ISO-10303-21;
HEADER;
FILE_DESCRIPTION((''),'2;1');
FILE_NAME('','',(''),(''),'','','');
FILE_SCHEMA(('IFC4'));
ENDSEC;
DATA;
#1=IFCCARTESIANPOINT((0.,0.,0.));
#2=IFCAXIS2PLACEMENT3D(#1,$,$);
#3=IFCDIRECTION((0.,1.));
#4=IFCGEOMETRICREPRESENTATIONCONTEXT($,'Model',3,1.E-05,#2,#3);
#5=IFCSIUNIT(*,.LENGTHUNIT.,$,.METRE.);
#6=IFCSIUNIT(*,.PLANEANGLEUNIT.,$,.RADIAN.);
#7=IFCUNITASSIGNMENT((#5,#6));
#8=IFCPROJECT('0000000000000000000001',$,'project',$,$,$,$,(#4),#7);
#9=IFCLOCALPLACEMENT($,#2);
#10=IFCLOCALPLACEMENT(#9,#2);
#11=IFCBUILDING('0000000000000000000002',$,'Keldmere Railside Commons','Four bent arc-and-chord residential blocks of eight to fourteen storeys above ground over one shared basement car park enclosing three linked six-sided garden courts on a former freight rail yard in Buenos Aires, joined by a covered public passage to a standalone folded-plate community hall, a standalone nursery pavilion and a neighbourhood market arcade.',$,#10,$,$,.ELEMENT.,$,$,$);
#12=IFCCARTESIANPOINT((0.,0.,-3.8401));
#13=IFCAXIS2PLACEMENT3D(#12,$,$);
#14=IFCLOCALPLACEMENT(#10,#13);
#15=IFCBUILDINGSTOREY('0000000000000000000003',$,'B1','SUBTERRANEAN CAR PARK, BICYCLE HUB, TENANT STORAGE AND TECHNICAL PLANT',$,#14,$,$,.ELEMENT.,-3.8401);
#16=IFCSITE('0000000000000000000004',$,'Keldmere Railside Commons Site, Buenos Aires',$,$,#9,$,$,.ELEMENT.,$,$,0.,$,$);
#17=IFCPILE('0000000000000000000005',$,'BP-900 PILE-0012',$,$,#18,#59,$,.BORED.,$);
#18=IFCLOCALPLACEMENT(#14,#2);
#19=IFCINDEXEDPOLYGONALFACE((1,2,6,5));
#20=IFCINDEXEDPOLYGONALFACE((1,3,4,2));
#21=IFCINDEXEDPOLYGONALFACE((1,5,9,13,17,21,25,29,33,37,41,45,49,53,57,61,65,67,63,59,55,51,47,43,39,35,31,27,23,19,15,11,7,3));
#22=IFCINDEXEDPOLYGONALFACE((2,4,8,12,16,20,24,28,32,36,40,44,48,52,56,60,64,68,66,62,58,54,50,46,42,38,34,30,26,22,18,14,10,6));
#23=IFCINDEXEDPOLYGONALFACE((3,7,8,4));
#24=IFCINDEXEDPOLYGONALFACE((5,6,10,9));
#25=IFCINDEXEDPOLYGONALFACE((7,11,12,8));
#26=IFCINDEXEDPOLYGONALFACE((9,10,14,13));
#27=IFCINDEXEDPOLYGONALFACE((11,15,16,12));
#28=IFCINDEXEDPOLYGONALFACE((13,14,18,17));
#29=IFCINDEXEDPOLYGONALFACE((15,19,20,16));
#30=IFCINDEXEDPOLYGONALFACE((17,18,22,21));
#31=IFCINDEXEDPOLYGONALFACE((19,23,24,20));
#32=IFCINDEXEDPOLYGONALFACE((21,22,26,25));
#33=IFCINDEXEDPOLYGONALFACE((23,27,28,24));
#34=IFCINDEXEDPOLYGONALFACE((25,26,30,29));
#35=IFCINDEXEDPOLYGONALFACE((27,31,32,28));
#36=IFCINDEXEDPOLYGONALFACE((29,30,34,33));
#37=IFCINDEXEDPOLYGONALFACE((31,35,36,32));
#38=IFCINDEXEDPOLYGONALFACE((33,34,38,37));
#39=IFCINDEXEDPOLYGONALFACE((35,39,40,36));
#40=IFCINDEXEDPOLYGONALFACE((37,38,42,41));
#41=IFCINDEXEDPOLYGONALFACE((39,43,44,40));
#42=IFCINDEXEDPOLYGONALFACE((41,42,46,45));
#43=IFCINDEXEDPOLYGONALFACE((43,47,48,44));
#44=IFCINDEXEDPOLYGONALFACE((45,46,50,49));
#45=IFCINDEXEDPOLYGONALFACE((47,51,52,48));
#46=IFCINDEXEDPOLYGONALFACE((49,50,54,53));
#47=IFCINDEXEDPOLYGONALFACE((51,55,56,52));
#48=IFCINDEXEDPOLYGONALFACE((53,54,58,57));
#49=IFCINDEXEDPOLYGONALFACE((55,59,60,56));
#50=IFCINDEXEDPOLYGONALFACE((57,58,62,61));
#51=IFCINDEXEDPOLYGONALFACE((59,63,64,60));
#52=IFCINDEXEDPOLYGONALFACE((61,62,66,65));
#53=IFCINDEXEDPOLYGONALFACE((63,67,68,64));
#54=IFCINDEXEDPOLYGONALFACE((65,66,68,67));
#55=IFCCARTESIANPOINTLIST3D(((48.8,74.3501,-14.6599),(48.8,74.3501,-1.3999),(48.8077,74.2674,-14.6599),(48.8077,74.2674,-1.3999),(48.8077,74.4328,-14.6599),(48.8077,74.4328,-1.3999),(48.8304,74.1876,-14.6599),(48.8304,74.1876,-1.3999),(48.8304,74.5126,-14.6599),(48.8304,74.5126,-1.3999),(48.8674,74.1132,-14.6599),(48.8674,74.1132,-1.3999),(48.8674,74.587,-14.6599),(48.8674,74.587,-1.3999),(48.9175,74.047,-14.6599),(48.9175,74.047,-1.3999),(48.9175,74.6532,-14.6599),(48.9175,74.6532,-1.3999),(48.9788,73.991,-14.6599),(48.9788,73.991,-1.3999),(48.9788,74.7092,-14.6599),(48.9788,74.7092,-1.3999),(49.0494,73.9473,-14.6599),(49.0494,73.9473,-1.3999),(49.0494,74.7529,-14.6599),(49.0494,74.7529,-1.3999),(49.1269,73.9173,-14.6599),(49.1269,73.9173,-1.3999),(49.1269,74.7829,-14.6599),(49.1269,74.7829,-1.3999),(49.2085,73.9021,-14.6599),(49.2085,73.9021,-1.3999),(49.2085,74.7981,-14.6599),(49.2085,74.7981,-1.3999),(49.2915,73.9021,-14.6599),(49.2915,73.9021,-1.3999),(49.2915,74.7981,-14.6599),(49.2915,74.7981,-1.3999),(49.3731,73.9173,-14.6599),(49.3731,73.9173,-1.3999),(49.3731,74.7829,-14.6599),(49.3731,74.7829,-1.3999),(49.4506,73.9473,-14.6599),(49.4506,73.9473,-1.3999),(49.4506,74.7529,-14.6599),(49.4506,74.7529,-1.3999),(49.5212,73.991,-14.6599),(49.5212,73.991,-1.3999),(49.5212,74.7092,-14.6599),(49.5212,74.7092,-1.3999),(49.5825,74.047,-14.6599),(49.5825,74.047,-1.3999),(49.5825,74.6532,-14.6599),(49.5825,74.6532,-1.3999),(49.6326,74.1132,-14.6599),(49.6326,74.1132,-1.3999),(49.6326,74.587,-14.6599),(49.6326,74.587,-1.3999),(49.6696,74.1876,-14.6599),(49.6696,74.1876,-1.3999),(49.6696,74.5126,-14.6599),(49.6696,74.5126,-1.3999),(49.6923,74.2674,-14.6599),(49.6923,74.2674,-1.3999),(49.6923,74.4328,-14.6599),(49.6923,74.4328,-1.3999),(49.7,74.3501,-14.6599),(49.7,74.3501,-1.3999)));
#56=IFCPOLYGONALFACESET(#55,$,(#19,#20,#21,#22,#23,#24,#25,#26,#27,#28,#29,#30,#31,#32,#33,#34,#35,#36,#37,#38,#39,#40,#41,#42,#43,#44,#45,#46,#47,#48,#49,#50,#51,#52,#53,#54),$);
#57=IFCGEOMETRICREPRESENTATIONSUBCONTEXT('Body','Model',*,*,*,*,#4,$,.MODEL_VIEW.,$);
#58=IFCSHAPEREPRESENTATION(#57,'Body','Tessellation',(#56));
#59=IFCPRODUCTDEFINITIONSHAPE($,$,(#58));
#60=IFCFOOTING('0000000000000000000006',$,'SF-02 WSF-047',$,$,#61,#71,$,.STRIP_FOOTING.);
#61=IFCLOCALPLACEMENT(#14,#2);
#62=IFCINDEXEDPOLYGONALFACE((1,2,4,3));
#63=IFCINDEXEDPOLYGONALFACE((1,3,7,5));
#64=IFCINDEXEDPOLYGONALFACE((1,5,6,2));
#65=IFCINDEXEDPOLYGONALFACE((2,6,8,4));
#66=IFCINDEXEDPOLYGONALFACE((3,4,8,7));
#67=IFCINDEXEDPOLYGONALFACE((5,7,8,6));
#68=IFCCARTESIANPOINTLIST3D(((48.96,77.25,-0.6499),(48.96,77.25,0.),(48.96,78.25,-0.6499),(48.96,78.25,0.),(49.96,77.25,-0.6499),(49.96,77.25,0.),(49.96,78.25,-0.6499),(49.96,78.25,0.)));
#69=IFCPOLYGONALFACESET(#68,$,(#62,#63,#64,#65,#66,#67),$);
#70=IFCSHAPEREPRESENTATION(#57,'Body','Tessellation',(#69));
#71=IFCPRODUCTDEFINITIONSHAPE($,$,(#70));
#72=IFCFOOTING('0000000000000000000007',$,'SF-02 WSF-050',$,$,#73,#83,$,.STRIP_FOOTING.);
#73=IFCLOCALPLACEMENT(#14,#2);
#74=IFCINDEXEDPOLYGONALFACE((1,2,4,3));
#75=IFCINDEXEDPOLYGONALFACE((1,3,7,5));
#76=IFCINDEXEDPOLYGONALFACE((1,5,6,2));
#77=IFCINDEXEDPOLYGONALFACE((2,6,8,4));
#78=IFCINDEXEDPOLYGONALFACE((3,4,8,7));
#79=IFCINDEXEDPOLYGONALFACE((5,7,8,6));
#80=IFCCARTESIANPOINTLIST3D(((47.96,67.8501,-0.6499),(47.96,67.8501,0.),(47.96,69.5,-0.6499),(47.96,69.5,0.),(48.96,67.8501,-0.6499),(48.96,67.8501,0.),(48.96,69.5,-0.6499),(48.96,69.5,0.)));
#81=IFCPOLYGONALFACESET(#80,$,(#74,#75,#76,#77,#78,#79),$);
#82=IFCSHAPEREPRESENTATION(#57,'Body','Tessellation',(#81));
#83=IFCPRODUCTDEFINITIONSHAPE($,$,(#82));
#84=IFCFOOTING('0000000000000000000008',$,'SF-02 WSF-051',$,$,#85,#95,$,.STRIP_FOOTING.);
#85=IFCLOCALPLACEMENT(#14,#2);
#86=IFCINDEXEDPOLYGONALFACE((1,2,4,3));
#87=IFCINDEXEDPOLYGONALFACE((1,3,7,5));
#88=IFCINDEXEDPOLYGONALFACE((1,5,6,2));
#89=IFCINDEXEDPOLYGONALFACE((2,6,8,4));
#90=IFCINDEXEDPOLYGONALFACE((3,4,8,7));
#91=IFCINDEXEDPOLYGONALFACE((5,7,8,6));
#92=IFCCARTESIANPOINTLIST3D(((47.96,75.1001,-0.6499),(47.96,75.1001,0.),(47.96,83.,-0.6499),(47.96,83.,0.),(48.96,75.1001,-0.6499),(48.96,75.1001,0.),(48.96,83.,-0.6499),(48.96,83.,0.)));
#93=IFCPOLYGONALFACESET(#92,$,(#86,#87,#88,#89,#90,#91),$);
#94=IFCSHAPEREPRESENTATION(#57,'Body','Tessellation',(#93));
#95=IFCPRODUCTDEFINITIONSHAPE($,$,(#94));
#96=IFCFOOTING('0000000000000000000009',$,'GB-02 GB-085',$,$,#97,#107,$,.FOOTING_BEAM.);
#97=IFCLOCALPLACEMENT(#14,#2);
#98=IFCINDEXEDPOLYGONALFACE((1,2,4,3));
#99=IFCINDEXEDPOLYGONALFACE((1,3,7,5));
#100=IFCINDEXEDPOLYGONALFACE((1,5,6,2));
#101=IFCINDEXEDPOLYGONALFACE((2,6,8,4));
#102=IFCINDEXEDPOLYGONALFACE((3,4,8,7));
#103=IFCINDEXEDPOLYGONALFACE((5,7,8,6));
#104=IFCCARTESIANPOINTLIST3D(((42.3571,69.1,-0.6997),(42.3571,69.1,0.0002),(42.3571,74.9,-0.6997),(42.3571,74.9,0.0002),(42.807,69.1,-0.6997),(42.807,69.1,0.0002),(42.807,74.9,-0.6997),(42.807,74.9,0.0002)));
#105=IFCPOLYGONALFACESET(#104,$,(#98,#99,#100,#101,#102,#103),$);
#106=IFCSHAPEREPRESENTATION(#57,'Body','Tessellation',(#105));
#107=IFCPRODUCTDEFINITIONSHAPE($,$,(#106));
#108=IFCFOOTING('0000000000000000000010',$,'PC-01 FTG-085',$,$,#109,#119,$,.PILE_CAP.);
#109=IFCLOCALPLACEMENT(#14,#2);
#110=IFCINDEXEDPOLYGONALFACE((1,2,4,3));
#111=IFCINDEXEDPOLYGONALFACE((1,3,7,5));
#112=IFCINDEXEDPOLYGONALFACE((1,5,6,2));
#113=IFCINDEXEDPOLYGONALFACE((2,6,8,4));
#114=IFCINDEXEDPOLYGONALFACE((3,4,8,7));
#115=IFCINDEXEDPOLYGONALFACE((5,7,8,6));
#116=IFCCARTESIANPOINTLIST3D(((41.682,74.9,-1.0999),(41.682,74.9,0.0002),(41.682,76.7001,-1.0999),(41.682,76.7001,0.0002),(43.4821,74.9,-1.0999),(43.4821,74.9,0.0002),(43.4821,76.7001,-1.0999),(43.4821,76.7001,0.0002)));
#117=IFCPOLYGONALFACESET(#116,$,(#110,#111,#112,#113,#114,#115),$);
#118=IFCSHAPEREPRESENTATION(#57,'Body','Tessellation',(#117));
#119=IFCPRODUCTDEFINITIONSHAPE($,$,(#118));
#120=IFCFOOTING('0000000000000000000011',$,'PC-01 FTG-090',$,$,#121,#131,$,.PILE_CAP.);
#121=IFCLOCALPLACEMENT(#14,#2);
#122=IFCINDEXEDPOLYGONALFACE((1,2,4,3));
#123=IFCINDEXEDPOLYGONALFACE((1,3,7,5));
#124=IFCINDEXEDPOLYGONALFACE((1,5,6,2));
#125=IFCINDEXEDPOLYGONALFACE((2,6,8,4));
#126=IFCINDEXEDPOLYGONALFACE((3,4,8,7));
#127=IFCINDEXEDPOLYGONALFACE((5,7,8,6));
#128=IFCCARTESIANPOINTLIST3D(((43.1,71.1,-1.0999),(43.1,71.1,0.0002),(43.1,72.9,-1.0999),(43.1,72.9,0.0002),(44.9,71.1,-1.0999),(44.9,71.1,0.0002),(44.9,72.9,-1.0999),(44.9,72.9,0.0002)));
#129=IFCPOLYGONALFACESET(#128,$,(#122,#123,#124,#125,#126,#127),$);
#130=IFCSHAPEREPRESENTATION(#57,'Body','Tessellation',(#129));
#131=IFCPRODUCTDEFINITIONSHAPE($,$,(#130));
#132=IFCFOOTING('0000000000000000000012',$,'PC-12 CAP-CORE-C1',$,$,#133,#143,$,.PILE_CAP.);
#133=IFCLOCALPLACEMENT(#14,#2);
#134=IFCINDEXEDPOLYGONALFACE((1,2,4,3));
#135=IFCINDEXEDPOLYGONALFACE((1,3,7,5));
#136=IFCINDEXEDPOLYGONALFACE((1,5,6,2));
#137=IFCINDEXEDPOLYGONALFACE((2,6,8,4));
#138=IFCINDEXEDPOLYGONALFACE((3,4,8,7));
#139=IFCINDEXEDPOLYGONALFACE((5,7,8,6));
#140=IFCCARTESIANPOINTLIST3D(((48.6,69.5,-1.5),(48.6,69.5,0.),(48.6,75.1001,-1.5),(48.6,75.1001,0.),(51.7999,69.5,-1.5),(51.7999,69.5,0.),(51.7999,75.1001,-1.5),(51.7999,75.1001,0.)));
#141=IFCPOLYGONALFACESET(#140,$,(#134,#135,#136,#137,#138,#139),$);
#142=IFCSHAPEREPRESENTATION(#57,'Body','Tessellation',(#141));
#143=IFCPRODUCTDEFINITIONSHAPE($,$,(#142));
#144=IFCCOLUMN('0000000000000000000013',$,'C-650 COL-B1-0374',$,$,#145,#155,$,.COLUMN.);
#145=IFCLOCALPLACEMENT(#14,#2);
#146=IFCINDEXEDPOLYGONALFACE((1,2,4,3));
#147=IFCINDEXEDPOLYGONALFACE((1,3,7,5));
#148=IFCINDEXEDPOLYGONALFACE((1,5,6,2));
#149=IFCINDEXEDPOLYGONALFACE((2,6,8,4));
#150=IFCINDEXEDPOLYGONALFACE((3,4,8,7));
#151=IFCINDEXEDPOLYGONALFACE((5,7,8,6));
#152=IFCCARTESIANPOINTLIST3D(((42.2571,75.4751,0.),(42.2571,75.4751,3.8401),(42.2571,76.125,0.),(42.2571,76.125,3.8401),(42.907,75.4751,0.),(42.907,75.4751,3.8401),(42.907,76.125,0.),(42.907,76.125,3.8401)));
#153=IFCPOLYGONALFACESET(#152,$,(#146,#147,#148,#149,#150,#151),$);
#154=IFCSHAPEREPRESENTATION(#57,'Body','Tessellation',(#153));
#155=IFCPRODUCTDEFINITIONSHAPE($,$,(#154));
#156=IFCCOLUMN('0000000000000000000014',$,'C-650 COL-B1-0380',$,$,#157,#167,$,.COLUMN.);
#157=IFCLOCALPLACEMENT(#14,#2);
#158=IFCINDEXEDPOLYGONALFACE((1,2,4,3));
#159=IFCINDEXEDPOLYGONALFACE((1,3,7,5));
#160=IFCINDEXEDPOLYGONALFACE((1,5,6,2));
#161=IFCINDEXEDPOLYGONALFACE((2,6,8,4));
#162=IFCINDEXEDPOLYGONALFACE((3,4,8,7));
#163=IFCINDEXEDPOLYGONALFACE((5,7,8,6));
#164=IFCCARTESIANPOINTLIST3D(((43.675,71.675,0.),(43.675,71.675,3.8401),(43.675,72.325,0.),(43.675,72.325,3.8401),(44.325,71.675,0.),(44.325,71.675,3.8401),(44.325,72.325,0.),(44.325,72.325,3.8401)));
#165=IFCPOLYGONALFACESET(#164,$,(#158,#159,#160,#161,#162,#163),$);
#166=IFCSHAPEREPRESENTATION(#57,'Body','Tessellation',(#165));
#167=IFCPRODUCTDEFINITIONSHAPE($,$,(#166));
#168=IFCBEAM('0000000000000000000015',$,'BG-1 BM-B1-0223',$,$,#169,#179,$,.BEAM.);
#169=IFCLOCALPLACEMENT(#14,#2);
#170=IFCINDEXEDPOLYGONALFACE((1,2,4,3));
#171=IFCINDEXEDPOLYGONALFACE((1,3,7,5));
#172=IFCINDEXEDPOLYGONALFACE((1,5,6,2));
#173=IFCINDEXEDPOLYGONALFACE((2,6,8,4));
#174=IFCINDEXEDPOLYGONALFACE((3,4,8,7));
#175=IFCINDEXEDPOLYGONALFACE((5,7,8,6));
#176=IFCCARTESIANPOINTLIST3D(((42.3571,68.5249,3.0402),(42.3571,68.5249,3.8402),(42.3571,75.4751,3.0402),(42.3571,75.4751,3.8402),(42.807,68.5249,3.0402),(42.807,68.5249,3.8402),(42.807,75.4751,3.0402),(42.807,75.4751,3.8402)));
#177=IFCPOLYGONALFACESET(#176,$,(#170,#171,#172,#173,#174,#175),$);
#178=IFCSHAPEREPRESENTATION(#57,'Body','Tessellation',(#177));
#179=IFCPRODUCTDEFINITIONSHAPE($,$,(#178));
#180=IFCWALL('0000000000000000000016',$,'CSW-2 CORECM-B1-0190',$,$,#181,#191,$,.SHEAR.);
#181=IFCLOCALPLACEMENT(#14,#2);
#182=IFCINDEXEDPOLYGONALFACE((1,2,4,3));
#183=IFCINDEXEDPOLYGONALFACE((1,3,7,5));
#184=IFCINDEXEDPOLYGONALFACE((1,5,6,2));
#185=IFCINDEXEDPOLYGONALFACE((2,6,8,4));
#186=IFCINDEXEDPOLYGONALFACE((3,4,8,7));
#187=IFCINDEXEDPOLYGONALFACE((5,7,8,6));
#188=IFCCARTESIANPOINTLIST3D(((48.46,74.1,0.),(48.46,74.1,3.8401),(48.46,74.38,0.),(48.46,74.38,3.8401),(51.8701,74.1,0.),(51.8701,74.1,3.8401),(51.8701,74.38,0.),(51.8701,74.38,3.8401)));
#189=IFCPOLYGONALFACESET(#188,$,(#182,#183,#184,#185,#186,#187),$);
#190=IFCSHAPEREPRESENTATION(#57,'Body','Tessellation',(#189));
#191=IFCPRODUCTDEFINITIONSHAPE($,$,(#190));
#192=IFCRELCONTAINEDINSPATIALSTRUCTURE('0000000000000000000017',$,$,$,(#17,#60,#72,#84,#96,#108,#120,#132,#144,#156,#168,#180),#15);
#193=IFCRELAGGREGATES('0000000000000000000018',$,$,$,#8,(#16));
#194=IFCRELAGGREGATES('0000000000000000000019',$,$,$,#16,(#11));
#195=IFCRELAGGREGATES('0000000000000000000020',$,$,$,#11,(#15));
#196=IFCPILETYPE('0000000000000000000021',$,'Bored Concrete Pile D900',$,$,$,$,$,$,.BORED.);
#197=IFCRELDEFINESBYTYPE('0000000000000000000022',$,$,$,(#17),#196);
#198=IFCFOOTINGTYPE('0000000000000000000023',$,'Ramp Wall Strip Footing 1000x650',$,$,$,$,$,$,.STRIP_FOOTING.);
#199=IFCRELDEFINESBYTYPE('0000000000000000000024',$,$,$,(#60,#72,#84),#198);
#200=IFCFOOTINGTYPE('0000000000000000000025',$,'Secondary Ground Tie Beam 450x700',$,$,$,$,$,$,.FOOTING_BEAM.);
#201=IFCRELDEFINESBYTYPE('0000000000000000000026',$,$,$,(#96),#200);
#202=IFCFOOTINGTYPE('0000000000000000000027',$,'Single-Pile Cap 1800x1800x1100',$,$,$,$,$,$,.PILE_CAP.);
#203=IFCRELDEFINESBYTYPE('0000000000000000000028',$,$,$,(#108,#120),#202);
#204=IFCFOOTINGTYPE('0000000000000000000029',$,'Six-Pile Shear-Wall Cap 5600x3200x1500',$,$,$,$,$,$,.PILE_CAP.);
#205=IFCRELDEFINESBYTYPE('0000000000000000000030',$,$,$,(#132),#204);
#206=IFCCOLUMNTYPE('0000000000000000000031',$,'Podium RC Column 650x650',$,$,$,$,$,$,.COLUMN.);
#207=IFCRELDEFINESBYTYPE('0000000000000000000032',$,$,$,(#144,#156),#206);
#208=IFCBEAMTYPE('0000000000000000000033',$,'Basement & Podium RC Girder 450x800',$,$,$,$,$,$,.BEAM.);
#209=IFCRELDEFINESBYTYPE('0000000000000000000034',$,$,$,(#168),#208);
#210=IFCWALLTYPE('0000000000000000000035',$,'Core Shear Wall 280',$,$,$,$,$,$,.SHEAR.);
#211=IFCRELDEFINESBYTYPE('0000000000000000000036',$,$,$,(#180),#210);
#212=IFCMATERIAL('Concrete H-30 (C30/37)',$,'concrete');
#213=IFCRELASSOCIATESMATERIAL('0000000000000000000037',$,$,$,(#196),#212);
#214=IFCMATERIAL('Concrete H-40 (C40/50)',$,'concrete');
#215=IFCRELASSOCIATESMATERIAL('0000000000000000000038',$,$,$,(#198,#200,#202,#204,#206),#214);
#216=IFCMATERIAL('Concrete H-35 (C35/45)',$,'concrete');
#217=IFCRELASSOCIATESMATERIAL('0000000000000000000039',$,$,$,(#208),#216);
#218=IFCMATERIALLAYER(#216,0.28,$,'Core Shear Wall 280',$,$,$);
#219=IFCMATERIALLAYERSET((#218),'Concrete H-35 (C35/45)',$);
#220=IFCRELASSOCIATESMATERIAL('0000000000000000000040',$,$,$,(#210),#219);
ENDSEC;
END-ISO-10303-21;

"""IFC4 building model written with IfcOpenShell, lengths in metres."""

from ifc_helpers import new_model, si_unit, direction, frame, frame_2d, origin, origin_2d, place, context, subcontext, project, spatial, rectangle, circle, extrude, material, layer, layer_set, material_profile, profile_set, type_object, element, save


model = new_model("IFC4")

# Units and contexts
model_context = context("Model", 3, precision=1e-05, world=origin(), true_north=direction((0.0, 1.0)))
body_context = subcontext(model_context, "Body", "Model", "MODEL_VIEW")
ifc_project = project(units=[si_unit("LENGTHUNIT", "METRE"), si_unit("PLANEANGLEUNIT", "RADIAN")], contexts=[model_context])

# Site, building, storey
site_placement = place(None, origin())
site = spatial("IfcSite", under=ifc_project, at=site_placement, Name="Keldmere Railside Commons Site, Buenos Aires", CompositionType="ELEMENT", RefElevation=0.0)
building_placement = place(site_placement, origin())
building = spatial("IfcBuilding", under=site, at=building_placement, Name="Keldmere Railside Commons", Description="Four bent arc-and-chord residential blocks of eight to fourteen storeys above ground over one shared basement car park enclosing three linked six-sided garden courts on a former freight rail yard in Buenos Aires, joined by a covered public passage to a standalone folded-plate community hall, a standalone nursery pavilion and a neighbourhood market arcade.", CompositionType="ELEMENT")
storey_placement = place(building_placement, frame((0.0, 0.0, -3.8401)))
storey = spatial("IfcBuildingStorey", under=building, at=storey_placement, Name="B1", Description="SUBTERRANEAN CAR PARK, BICYCLE HUB, TENANT STORAGE AND TECHNICAL PLANT", CompositionType="ELEMENT", Elevation=-3.8401)

# Pile
ifc_material_1 = material(Name="Concrete H-30 (C30/37)", Category="concrete")
ifc_material_profile_1 = material_profile(ifc_material_1, circle(Radius=0.45, at=origin_2d()), Name="PILE-D900")
ifc_profile_set_1 = profile_set([ifc_material_profile_1], Name="Concrete H-30 (C30/37)")
pile_type_1 = type_object("IfcPileType", Name="Bored Concrete Pile D900", PredefinedType="BORED", material=ifc_profile_set_1)
for number, where, z_axis, x_axis, name in (
    (1, (49.25, 74.3501, -1.3999), (0.0, 0.0, -1.0), (1.0, 0.0, 0.0), "BP-900 PILE-0012"),
):
    element("IfcPile", number, at=place(storey_placement, frame(where, z_axis=z_axis, x_axis=x_axis)), inside=storey, type_object=pile_type_1, Name=name, PredefinedType="BORED", context=body_context, shape_type="SweptSolid", body=[
        extrude(circle(Radius=0.45, at=origin_2d()), origin(), (0.0, 0.0, 1.0), 13.26),
    ])

# Footings
ifc_material_2 = material(Name="Concrete H-40 (C40/50)", Category="concrete")
footing_type_1 = type_object("IfcFootingType", Name="Ramp Wall Strip Footing 1000x650", PredefinedType="STRIP_FOOTING", material=ifc_material_2)
footing_1_placement = place(storey_placement, frame((49.46, 77.75, -0.6499), z_axis=(0.0, 0.0, 1.0), x_axis=(1.0, 0.0, 0.0)))
element("IfcFooting", 2, at=footing_1_placement, inside=storey, type_object=footing_type_1, Name="SF-02 WSF-047", PredefinedType="STRIP_FOOTING", context=body_context, shape_type="SweptSolid", body=[
    extrude(rectangle(XDim=1.0, YDim=1.0, at=origin_2d()), origin(), (0.0, 0.0, 1.0), 0.6499),
])
footing_2_placement = place(storey_placement, frame((48.46, 68.675, -0.6499), z_axis=(0.0, 0.0, 1.0), x_axis=(0.0, 1.0, 0.0)))
element("IfcFooting", 3, at=footing_2_placement, inside=storey, type_object=footing_type_1, Name="SF-02 WSF-050", PredefinedType="STRIP_FOOTING", context=body_context, shape_type="SweptSolid", body=[
    extrude(rectangle(XDim=1.6499, YDim=1.0, at=origin_2d()), origin(), (0.0, 0.0, 1.0), 0.6499),
])
footing_3_placement = place(storey_placement, frame((48.46, 79.05, -0.6499), z_axis=(0.0, 0.0, 1.0), x_axis=(0.0, 1.0, 0.0)))
element("IfcFooting", 4, at=footing_3_placement, inside=storey, type_object=footing_type_1, Name="SF-02 WSF-051", PredefinedType="STRIP_FOOTING", context=body_context, shape_type="SweptSolid", body=[
    extrude(rectangle(XDim=7.8999, YDim=1.0, at=origin_2d()), origin(), (0.0, 0.0, 1.0), 0.6499),
])
footing_type_2 = type_object("IfcFootingType", Name="Secondary Ground Tie Beam 450x700", PredefinedType="FOOTING_BEAM", material=ifc_material_2)
footing_4_placement = place(storey_placement, frame((42.582, 72.0, -0.6997), z_axis=(0.0, 0.0, 1.0), x_axis=(0.0, 1.0, 0.0)))
element("IfcFooting", 5, at=footing_4_placement, inside=storey, type_object=footing_type_2, Name="GB-02 GB-085", PredefinedType="FOOTING_BEAM", context=body_context, shape_type="SweptSolid", body=[
    extrude(rectangle(XDim=5.8, YDim=0.45, at=origin_2d()), origin(), (0.0, 0.0, 1.0), 0.7),
])
footing_type_3 = type_object("IfcFootingType", Name="Single-Pile Cap 1800x1800x1100", PredefinedType="PILE_CAP", material=ifc_material_2)
for number, where, z_axis, x_axis, name in (
    (6, (42.582, 75.8, -1.0999), (0.0, 0.0, 1.0), (1.0, 0.0, 0.0), "PC-01 FTG-085"),
    (7, (44.0, 72.0, -1.0999), (0.0, 0.0, 1.0), (1.0, 0.0, 0.0), "PC-01 FTG-090"),
):
    element("IfcFooting", number, at=place(storey_placement, frame(where, z_axis=z_axis, x_axis=x_axis)), inside=storey, type_object=footing_type_3, Name=name, PredefinedType="PILE_CAP", context=body_context, shape_type="SweptSolid", body=[
        extrude(rectangle(XDim=1.8, YDim=1.8, at=origin_2d()), origin(), (0.0, 0.0, 1.0), 1.1001),
    ])
footing_type_4 = type_object("IfcFootingType", Name="Six-Pile Shear-Wall Cap 5600x3200x1500", PredefinedType="PILE_CAP", material=ifc_material_2)
footing_5_placement = place(storey_placement, frame((50.2, 72.3, -1.5), z_axis=(0.0, 0.0, 1.0), x_axis=(0.0, 1.0, 0.0)))
element("IfcFooting", 8, at=footing_5_placement, inside=storey, type_object=footing_type_4, Name="PC-12 CAP-CORE-C1", PredefinedType="PILE_CAP", context=body_context, shape_type="SweptSolid", body=[
    extrude(rectangle(XDim=5.6001, YDim=3.2, at=origin_2d()), origin(), (0.0, 0.0, 1.0), 1.5),
])

# Columns
ifc_material_profile_2 = material_profile(ifc_material_2, rectangle(XDim=0.6499, YDim=0.6499, at=origin_2d()), Name="RC-650x650")
ifc_profile_set_2 = profile_set([ifc_material_profile_2], Name="Concrete H-40 (C40/50)")
column_type = type_object("IfcColumnType", Name="Podium RC Column 650x650", PredefinedType="COLUMN", material=ifc_profile_set_2)
for number, where, z_axis, x_axis, name in (
    (9, (42.582, 75.8, 0.0), (0.0, 0.0, 1.0), (1.0, 0.0, 0.0), "C-650 COL-B1-0374"),
    (10, (44.0, 72.0, 0.0), (0.0, 0.0, 1.0), (1.0, 0.0, 0.0), "C-650 COL-B1-0380"),
):
    element("IfcColumn", number, at=place(storey_placement, frame(where, z_axis=z_axis, x_axis=x_axis)), inside=storey, type_object=column_type, Name=name, PredefinedType="COLUMN", context=body_context, shape_type="SweptSolid", body=[
        extrude(rectangle(XDim=0.6499, YDim=0.6499, at=origin_2d()), origin(), (0.0, 0.0, 1.0), 3.8401),
    ])

# Beam
ifc_material_3 = material(Name="Concrete H-35 (C35/45)", Category="concrete")
ifc_material_profile_3 = material_profile(ifc_material_3, rectangle(XDim=0.45, YDim=0.8, at=origin_2d()), Name="RC-450x800")
ifc_profile_set_3 = profile_set([ifc_material_profile_3], Name="Concrete H-35 (C35/45)")
beam_type = type_object("IfcBeamType", Name="Basement & Podium RC Girder 450x800", PredefinedType="BEAM", material=ifc_profile_set_3)
beam_placement = place(storey_placement, frame((42.582, 68.5249, 3.4402), z_axis=(0.0, 1.0, 0.0), x_axis=(-1.0, 0.0, 0.0)))
element("IfcBeam", 11, at=beam_placement, inside=storey, type_object=beam_type, Name="BG-1 BM-B1-0223", PredefinedType="BEAM", context=body_context, shape_type="SweptSolid", body=[
    extrude(rectangle(XDim=0.45, YDim=0.8, at=origin_2d()), origin(), (0.0, 0.0, 1.0), 6.9502),
])

# Wall
ifc_layer_1 = layer(ifc_material_3, 0.28, Name="Core Shear Wall 280")
ifc_layer_set_1 = layer_set([ifc_layer_1], Name="Concrete H-35 (C35/45)")
wall_type_1 = type_object("IfcWallType", Name="Core Shear Wall 280", PredefinedType="SHEAR", material=ifc_layer_set_1)
wall_1_placement = place(storey_placement, frame((48.46, 74.24, 0.0), z_axis=(0.0, 0.0, 1.0), x_axis=(1.0, 0.0, 0.0)))
element("IfcWall", 12, at=wall_1_placement, inside=storey, type_object=wall_type_1, Name="CSW-2 CORECM-B1-0190", PredefinedType="SHEAR", context=body_context, shape_type="SweptSolid", body=[
    extrude(rectangle(XDim=3.4102, YDim=0.28, at=frame_2d((1.7051, 0.0))), origin(), (0.0, 0.0, 1.0), 3.8401),
])

save(model, "model.ifc")
